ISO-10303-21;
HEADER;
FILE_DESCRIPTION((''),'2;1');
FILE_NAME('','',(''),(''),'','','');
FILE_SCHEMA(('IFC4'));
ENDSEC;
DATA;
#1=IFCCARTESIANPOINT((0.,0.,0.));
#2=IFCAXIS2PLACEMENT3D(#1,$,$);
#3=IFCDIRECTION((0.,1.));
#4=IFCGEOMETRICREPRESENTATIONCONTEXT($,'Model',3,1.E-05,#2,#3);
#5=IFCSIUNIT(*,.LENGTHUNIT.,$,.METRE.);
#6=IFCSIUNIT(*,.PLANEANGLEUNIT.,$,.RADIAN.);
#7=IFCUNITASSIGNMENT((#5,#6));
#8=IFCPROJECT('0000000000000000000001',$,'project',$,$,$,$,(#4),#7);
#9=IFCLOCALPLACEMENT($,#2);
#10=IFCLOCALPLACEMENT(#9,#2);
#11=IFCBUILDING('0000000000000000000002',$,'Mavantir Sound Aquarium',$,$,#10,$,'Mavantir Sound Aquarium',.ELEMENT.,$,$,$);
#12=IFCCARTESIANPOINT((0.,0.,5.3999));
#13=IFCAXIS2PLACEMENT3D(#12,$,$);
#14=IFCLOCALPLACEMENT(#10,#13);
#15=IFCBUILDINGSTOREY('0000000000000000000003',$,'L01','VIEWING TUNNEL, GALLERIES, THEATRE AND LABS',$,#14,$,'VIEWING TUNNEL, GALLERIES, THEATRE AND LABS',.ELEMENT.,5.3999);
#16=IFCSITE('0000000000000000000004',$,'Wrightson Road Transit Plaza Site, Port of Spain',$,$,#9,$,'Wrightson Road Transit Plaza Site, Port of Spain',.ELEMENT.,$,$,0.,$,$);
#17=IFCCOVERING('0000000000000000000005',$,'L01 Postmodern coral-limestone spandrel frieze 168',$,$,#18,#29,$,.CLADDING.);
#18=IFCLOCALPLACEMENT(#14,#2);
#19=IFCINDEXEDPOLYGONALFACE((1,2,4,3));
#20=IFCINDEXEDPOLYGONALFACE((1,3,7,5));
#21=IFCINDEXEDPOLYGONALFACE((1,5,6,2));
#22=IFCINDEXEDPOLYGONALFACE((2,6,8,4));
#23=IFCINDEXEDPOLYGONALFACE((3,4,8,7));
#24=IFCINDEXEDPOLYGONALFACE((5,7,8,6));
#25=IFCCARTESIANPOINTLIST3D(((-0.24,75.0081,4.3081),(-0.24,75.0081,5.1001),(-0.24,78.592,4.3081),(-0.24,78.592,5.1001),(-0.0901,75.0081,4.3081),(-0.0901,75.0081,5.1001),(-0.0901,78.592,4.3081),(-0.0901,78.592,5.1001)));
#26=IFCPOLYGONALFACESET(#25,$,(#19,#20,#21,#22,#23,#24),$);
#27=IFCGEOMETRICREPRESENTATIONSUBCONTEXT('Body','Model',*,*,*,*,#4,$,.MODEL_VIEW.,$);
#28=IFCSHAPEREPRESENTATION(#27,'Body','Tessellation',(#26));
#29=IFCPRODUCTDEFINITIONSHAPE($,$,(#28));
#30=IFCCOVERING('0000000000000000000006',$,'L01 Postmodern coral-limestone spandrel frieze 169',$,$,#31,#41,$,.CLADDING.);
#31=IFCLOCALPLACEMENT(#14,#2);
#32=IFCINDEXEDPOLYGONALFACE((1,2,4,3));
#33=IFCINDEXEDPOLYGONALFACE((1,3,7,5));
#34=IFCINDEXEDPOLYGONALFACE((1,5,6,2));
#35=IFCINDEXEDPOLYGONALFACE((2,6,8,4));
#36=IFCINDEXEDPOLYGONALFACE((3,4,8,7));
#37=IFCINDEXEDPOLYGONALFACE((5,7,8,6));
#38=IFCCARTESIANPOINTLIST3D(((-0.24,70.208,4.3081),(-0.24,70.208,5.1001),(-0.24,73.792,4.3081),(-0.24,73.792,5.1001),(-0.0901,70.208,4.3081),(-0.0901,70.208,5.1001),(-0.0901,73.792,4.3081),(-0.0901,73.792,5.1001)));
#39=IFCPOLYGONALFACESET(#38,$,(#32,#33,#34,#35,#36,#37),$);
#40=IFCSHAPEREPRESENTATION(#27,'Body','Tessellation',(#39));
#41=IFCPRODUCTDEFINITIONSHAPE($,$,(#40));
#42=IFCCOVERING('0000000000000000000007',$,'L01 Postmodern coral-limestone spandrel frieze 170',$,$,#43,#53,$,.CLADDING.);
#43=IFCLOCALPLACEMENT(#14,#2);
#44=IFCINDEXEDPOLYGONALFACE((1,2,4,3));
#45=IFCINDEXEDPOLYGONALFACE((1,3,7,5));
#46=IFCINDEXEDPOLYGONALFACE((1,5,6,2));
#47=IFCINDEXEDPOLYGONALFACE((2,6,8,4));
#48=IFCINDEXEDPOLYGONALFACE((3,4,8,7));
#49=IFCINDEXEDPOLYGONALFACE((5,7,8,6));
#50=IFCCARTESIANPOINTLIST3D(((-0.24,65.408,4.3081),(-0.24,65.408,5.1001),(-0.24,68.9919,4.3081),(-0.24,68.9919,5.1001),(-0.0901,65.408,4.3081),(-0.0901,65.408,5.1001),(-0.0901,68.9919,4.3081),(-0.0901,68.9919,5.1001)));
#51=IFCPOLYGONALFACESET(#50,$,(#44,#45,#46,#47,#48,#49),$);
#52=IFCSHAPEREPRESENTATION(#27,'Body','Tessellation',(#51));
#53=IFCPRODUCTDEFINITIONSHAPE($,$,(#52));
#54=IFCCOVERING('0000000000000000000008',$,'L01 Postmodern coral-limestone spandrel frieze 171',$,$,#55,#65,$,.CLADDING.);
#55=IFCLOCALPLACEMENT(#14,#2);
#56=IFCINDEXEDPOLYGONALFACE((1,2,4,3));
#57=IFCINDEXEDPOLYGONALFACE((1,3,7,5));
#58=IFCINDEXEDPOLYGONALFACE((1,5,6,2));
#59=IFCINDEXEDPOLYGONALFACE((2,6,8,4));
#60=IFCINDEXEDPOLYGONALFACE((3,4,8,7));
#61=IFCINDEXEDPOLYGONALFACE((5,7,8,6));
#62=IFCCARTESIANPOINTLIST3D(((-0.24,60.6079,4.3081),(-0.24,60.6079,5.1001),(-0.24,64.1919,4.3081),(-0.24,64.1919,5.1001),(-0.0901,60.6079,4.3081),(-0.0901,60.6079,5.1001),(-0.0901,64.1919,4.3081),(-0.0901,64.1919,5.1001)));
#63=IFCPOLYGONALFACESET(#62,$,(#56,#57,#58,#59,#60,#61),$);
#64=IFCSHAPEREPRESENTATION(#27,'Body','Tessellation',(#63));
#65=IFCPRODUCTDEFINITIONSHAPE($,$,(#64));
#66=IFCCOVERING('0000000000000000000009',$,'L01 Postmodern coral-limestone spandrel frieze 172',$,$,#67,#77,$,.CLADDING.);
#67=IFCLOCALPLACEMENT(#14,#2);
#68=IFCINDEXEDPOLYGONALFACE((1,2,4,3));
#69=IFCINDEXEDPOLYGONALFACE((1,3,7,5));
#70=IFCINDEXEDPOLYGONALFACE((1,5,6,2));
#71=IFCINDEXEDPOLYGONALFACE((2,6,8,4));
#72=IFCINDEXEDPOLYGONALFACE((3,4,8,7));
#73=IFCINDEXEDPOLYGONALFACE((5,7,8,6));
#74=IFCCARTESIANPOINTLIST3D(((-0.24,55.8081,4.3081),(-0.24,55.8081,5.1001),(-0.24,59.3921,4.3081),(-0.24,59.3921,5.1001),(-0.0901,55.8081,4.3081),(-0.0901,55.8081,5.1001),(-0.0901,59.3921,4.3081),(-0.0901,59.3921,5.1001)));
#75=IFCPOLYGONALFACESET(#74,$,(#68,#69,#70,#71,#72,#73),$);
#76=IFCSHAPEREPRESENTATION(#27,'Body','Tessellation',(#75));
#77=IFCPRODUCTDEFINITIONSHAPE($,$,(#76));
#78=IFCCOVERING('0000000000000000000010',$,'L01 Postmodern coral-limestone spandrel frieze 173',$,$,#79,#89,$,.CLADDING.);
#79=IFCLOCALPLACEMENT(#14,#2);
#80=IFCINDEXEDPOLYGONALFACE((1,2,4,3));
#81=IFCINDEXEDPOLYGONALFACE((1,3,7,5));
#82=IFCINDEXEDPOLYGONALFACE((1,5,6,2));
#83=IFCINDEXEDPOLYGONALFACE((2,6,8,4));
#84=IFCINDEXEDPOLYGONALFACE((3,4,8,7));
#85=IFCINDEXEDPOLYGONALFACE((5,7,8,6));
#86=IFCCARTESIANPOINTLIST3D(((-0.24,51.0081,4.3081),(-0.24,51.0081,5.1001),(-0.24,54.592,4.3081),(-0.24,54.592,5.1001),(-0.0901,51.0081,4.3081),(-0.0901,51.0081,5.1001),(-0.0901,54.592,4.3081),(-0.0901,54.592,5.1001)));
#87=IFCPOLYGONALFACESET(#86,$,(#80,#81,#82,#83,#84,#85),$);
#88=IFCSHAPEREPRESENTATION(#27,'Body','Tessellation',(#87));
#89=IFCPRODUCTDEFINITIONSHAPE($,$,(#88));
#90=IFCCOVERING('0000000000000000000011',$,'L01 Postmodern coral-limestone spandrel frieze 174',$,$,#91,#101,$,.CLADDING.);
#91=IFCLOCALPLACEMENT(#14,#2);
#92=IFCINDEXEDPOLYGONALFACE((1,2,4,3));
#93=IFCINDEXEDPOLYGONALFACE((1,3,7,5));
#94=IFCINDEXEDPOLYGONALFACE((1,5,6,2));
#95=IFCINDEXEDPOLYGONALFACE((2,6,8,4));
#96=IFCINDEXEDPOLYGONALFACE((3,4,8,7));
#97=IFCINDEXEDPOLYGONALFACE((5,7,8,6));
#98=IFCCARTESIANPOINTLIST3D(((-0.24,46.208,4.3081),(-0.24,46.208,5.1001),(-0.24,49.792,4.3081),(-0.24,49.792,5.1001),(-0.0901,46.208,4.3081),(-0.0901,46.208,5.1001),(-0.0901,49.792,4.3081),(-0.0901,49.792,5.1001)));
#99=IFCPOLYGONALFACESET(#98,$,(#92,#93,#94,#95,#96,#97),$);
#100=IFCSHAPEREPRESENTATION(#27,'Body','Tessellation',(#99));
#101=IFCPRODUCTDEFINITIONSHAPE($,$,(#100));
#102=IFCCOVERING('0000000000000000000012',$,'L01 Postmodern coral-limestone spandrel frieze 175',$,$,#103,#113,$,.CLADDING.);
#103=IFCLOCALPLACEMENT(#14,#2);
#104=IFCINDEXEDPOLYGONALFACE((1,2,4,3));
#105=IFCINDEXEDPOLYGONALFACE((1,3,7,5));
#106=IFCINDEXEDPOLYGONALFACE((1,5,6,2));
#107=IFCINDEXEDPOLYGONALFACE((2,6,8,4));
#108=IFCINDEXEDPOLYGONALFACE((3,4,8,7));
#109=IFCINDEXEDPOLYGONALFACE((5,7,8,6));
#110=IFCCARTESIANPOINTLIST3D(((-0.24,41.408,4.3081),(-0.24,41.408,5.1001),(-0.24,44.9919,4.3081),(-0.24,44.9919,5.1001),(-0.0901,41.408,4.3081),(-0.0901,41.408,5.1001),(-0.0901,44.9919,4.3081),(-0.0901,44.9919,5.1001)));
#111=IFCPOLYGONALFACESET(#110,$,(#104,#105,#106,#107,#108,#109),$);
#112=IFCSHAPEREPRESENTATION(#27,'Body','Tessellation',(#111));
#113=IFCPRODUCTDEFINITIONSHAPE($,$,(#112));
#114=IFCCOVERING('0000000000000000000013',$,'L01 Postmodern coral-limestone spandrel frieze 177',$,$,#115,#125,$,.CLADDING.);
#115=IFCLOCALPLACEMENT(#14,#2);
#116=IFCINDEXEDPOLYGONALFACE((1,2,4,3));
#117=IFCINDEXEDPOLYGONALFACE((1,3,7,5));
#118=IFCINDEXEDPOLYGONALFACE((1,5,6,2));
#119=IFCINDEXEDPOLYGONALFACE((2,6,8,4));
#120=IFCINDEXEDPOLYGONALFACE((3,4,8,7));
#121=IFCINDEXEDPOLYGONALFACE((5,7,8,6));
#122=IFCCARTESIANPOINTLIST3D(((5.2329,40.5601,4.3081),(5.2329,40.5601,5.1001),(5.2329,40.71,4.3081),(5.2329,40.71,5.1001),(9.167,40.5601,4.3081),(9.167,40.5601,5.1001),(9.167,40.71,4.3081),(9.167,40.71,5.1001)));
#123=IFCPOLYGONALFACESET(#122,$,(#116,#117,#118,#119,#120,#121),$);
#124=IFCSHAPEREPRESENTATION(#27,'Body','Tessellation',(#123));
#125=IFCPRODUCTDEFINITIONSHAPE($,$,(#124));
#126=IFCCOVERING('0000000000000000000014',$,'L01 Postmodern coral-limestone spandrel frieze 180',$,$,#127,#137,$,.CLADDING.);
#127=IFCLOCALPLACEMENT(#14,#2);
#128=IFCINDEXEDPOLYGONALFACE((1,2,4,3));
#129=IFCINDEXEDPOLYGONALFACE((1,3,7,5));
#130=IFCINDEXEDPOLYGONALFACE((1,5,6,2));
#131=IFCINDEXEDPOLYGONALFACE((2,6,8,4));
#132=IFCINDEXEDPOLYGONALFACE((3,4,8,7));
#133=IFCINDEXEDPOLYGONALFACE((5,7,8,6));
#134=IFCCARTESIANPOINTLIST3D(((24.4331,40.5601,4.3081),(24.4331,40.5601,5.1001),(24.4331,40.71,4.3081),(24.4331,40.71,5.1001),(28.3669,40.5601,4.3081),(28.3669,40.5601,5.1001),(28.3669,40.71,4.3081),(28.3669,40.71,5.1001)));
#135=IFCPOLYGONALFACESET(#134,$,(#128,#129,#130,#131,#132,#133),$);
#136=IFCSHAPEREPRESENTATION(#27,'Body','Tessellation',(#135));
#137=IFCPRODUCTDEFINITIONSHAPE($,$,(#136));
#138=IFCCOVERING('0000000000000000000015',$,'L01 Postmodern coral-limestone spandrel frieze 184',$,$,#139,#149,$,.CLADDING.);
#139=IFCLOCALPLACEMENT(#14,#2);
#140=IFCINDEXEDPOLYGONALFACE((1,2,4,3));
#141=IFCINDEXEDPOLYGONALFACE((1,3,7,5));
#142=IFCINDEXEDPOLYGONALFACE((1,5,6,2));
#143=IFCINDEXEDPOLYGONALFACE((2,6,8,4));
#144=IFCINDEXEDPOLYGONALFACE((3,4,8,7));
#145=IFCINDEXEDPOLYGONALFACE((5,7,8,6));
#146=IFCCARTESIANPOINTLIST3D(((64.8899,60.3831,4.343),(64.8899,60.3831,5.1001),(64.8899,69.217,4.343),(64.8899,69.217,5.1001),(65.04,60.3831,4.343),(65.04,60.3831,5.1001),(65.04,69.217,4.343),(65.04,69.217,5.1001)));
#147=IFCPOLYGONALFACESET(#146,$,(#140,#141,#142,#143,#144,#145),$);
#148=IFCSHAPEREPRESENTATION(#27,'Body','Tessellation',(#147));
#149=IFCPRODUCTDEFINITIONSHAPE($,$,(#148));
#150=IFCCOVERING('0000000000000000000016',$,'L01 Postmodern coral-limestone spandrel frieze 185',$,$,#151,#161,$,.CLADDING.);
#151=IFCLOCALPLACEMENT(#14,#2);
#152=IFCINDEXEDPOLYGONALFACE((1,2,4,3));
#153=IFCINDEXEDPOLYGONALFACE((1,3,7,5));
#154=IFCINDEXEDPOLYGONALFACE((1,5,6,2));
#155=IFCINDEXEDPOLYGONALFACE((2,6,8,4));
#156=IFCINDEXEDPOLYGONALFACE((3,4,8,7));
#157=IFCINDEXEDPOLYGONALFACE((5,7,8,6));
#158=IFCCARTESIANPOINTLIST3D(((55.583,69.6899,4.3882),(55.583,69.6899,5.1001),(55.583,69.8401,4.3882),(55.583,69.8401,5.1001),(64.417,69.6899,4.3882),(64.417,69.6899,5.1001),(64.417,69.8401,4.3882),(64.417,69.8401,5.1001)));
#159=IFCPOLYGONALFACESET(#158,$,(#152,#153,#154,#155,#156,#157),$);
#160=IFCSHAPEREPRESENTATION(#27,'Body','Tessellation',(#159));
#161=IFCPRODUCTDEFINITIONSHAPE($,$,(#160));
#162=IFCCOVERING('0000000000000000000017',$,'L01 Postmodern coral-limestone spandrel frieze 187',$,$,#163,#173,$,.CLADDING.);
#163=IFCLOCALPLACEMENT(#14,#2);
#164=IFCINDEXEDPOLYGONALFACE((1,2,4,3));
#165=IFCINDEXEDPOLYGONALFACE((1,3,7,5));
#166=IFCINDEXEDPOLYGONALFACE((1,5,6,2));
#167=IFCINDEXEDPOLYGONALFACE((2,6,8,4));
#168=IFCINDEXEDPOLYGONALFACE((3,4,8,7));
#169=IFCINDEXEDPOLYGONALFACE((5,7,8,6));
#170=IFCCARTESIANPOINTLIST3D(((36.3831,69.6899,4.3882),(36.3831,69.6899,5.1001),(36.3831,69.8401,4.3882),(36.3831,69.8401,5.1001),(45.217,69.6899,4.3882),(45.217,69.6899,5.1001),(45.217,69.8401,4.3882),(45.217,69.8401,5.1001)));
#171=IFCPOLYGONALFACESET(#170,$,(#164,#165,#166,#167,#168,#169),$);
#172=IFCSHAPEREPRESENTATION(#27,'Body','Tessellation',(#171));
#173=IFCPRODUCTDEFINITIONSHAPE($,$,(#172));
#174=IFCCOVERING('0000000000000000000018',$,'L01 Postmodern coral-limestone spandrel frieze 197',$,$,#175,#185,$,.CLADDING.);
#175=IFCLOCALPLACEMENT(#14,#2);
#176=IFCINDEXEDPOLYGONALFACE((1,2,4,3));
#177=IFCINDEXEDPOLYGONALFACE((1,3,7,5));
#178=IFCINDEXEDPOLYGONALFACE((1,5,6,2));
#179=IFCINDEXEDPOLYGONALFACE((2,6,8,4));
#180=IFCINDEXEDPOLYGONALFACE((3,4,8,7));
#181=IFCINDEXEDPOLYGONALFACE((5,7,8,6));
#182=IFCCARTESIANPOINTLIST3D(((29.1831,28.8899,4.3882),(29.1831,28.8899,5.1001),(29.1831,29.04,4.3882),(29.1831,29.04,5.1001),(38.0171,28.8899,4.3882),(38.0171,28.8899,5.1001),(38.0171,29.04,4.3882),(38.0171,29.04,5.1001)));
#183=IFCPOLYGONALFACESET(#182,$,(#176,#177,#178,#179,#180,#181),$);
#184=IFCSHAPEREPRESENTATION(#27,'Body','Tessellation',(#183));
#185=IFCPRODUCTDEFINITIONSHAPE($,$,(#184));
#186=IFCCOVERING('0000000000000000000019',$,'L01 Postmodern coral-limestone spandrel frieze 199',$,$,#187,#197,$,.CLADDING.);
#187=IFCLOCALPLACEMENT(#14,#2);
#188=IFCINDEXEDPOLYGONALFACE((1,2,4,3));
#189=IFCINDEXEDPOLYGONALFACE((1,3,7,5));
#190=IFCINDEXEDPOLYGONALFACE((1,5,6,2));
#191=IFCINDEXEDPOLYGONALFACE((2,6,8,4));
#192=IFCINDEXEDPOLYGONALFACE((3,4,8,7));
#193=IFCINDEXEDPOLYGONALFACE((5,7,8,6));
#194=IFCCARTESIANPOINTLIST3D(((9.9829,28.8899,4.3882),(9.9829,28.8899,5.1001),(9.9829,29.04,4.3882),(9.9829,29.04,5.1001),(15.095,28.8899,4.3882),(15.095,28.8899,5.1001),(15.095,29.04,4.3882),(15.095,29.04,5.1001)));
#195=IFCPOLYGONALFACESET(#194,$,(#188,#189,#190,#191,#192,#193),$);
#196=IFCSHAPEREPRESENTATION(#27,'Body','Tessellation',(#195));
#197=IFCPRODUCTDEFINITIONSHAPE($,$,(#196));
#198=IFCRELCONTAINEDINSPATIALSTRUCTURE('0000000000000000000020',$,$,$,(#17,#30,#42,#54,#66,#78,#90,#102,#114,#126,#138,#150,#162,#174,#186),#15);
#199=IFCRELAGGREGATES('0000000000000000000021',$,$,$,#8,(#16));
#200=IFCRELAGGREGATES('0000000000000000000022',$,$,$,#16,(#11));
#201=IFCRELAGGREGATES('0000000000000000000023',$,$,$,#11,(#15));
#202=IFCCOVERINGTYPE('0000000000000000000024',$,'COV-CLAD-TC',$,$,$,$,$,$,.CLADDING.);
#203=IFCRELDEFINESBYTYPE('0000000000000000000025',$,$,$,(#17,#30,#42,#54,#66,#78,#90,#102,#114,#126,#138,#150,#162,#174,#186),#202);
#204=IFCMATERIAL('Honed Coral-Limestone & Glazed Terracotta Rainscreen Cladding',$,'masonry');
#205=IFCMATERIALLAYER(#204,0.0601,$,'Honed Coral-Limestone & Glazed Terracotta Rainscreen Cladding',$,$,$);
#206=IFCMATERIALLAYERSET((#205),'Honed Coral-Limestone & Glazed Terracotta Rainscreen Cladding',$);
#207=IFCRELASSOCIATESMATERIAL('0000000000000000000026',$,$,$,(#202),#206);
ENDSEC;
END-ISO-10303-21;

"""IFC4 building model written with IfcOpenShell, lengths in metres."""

from ifc_helpers import new_model, si_unit, direction, frame, origin, place, context, subcontext, project, spatial, polyline, outline, extrude, material, layer, layer_set, type_object, element, save


model = new_model("IFC4")

# Units and contexts
model_context = context("Model", 3, precision=1e-05, world=origin(), true_north=direction((0.0, 1.0)))
body_context = subcontext(model_context, "Body", "Model", "MODEL_VIEW")
ifc_project = project(units=[si_unit("LENGTHUNIT", "METRE"), si_unit("PLANEANGLEUNIT", "RADIAN")], contexts=[model_context])

# Site, building, storey
site_placement = place(None, origin())
site = spatial("IfcSite", under=ifc_project, at=site_placement, Name="Wrightson Road Transit Plaza Site, Port of Spain", LongName="Wrightson Road Transit Plaza Site, Port of Spain", CompositionType="ELEMENT", RefElevation=0.0)
building_placement = place(site_placement, origin())
building = spatial("IfcBuilding", under=site, at=building_placement, Name="Mavantir Sound Aquarium", LongName="Mavantir Sound Aquarium", CompositionType="ELEMENT")
storey_placement = place(building_placement, frame((0.0, 0.0, 5.3999)))
storey = spatial("IfcBuildingStorey", under=building, at=storey_placement, Name="L01", Description="VIEWING TUNNEL, GALLERIES, THEATRE AND LABS", LongName="VIEWING TUNNEL, GALLERIES, THEATRE AND LABS", CompositionType="ELEMENT", Elevation=5.3999)

# Coverings
ifc_material = material(Name="Honed Coral-Limestone & Glazed Terracotta Rainscreen Cladding", Category="masonry")
ifc_layer = layer(ifc_material, 0.0601, Name="Honed Coral-Limestone & Glazed Terracotta Rainscreen Cladding")
ifc_layer_set = layer_set([ifc_layer], Name="Honed Coral-Limestone & Glazed Terracotta Rainscreen Cladding")
covering_type = type_object("IfcCoveringType", Name="COV-CLAD-TC", PredefinedType="CLADDING", material=ifc_layer_set)
covering_1_placement = place(storey_placement, frame((0.0, 0.0, 4.3081)))
element("IfcCovering", 1, at=covering_1_placement, inside=storey, type_object=covering_type, Name="L01 Postmodern coral-limestone spandrel frieze 168", PredefinedType="CLADDING", context=body_context, shape_type="SweptSolid", body=[
    extrude(outline(polyline([(-0.0901, 78.592), (-0.0901, 75.0081), (-0.24, 75.0081), (-0.24, 78.592), (-0.0901, 78.592)])), origin(), (0.0, 0.0, 1.0), 0.792),
])
covering_2_placement = place(storey_placement, frame((0.0, 0.0, 4.3081)))
element("IfcCovering", 2, at=covering_2_placement, inside=storey, type_object=covering_type, Name="L01 Postmodern coral-limestone spandrel frieze 169", PredefinedType="CLADDING", context=body_context, shape_type="SweptSolid", body=[
    extrude(outline(polyline([(-0.0901, 73.792), (-0.0901, 70.208), (-0.24, 70.208), (-0.24, 73.792), (-0.0901, 73.792)])), origin(), (0.0, 0.0, 1.0), 0.792),
])
covering_3_placement = place(storey_placement, frame((0.0, 0.0, 4.3081)))
element("IfcCovering", 3, at=covering_3_placement, inside=storey, type_object=covering_type, Name="L01 Postmodern coral-limestone spandrel frieze 170", PredefinedType="CLADDING", context=body_context, shape_type="SweptSolid", body=[
    extrude(outline(polyline([(-0.0901, 68.9919), (-0.0901, 65.408), (-0.24, 65.408), (-0.24, 68.9919), (-0.0901, 68.9919)])), origin(), (0.0, 0.0, 1.0), 0.792),
])
covering_4_placement = place(storey_placement, frame((0.0, 0.0, 4.3081)))
element("IfcCovering", 4, at=covering_4_placement, inside=storey, type_object=covering_type, Name="L01 Postmodern coral-limestone spandrel frieze 171", PredefinedType="CLADDING", context=body_context, shape_type="SweptSolid", body=[
    extrude(outline(polyline([(-0.0901, 64.1919), (-0.0901, 60.6079), (-0.24, 60.6079), (-0.24, 64.1919), (-0.0901, 64.1919)])), origin(), (0.0, 0.0, 1.0), 0.792),
])
covering_5_placement = place(storey_placement, frame((0.0, 0.0, 4.3081)))
element("IfcCovering", 5, at=covering_5_placement, inside=storey, type_object=covering_type, Name="L01 Postmodern coral-limestone spandrel frieze 172", PredefinedType="CLADDING", context=body_context, shape_type="SweptSolid", body=[
    extrude(outline(polyline([(-0.0901, 59.3921), (-0.0901, 55.8081), (-0.24, 55.8081), (-0.24, 59.3921), (-0.0901, 59.3921)])), origin(), (0.0, 0.0, 1.0), 0.792),
])
covering_6_placement = place(storey_placement, frame((0.0, 0.0, 4.3081)))
element("IfcCovering", 6, at=covering_6_placement, inside=storey, type_object=covering_type, Name="L01 Postmodern coral-limestone spandrel frieze 173", PredefinedType="CLADDING", context=body_context, shape_type="SweptSolid", body=[
    extrude(outline(polyline([(-0.0901, 54.592), (-0.0901, 51.0081), (-0.24, 51.0081), (-0.24, 54.592), (-0.0901, 54.592)])), origin(), (0.0, 0.0, 1.0), 0.792),
])
covering_7_placement = place(storey_placement, frame((0.0, 0.0, 4.3081)))
element("IfcCovering", 7, at=covering_7_placement, inside=storey, type_object=covering_type, Name="L01 Postmodern coral-limestone spandrel frieze 174", PredefinedType="CLADDING", context=body_context, shape_type="SweptSolid", body=[
    extrude(outline(polyline([(-0.0901, 49.792), (-0.0901, 46.208), (-0.24, 46.208), (-0.24, 49.792), (-0.0901, 49.792)])), origin(), (0.0, 0.0, 1.0), 0.792),
])
covering_8_placement = place(storey_placement, frame((0.0, 0.0, 4.3081)))
element("IfcCovering", 8, at=covering_8_placement, inside=storey, type_object=covering_type, Name="L01 Postmodern coral-limestone spandrel frieze 175", PredefinedType="CLADDING", context=body_context, shape_type="SweptSolid", body=[
    extrude(outline(polyline([(-0.0901, 44.9919), (-0.0901, 41.408), (-0.24, 41.408), (-0.24, 44.9919), (-0.0901, 44.9919)])), origin(), (0.0, 0.0, 1.0), 0.792),
])
covering_9_placement = place(storey_placement, frame((0.0, 0.0, 4.3081)))
element("IfcCovering", 9, at=covering_9_placement, inside=storey, type_object=covering_type, Name="L01 Postmodern coral-limestone spandrel frieze 177", PredefinedType="CLADDING", context=body_context, shape_type="SweptSolid", body=[
    extrude(outline(polyline([(5.2329, 40.71), (9.167, 40.71), (9.167, 40.5601), (5.2329, 40.5601), (5.2329, 40.71)])), origin(), (0.0, 0.0, 1.0), 0.792),
])
covering_10_placement = place(storey_placement, frame((0.0, 0.0, 4.3081)))
element("IfcCovering", 10, at=covering_10_placement, inside=storey, type_object=covering_type, Name="L01 Postmodern coral-limestone spandrel frieze 180", PredefinedType="CLADDING", context=body_context, shape_type="SweptSolid", body=[
    extrude(outline(polyline([(24.4331, 40.71), (28.3669, 40.71), (28.3669, 40.5601), (24.4331, 40.5601), (24.4331, 40.71)])), origin(), (0.0, 0.0, 1.0), 0.792),
])
covering_11_placement = place(storey_placement, frame((0.0, 0.0, 4.343)))
element("IfcCovering", 11, at=covering_11_placement, inside=storey, type_object=covering_type, Name="L01 Postmodern coral-limestone spandrel frieze 184", PredefinedType="CLADDING", context=body_context, shape_type="SweptSolid", body=[
    extrude(outline(polyline([(64.8899, 60.3831), (64.8899, 69.217), (65.04, 69.217), (65.04, 60.3831), (64.8899, 60.3831)])), origin(), (0.0, 0.0, 1.0), 0.7571),
])
covering_12_placement = place(storey_placement, frame((0.0, 0.0, 4.3882)))
element("IfcCovering", 12, at=covering_12_placement, inside=storey, type_object=covering_type, Name="L01 Postmodern coral-limestone spandrel frieze 185", PredefinedType="CLADDING", context=body_context, shape_type="SweptSolid", body=[
    extrude(outline(polyline([(64.417, 69.6899), (55.583, 69.6899), (55.583, 69.8401), (64.417, 69.8401), (64.417, 69.6899)])), origin(), (0.0, 0.0, 1.0), 0.7119),
])
covering_13_placement = place(storey_placement, frame((0.0, 0.0, 4.3882)))
element("IfcCovering", 13, at=covering_13_placement, inside=storey, type_object=covering_type, Name="L01 Postmodern coral-limestone spandrel frieze 187", PredefinedType="CLADDING", context=body_context, shape_type="SweptSolid", body=[
    extrude(outline(polyline([(45.217, 69.6899), (36.3831, 69.6899), (36.3831, 69.8401), (45.217, 69.8401), (45.217, 69.6899)])), origin(), (0.0, 0.0, 1.0), 0.7119),
])
covering_14_placement = place(storey_placement, frame((0.0, 0.0, 4.3882)))
element("IfcCovering", 14, at=covering_14_placement, inside=storey, type_object=covering_type, Name="L01 Postmodern coral-limestone spandrel frieze 197", PredefinedType="CLADDING", context=body_context, shape_type="SweptSolid", body=[
    extrude(outline(polyline([(38.0171, 28.8899), (29.1831, 28.8899), (29.1831, 29.04), (38.0171, 29.04), (38.0171, 28.8899)])), origin(), (0.0, 0.0, 1.0), 0.7119),
])
covering_15_placement = place(storey_placement, frame((0.0, 0.0, 4.3882)))
element("IfcCovering", 15, at=covering_15_placement, inside=storey, type_object=covering_type, Name="L01 Postmodern coral-limestone spandrel frieze 199", PredefinedType="CLADDING", context=body_context, shape_type="SweptSolid", body=[
    extrude(outline(polyline([(15.095, 28.8899), (9.9829, 28.8899), (9.9829, 29.04), (15.095, 29.04), (15.095, 28.8899)])), origin(), (0.0, 0.0, 1.0), 0.7119),
])

save(model, "model.ifc")
